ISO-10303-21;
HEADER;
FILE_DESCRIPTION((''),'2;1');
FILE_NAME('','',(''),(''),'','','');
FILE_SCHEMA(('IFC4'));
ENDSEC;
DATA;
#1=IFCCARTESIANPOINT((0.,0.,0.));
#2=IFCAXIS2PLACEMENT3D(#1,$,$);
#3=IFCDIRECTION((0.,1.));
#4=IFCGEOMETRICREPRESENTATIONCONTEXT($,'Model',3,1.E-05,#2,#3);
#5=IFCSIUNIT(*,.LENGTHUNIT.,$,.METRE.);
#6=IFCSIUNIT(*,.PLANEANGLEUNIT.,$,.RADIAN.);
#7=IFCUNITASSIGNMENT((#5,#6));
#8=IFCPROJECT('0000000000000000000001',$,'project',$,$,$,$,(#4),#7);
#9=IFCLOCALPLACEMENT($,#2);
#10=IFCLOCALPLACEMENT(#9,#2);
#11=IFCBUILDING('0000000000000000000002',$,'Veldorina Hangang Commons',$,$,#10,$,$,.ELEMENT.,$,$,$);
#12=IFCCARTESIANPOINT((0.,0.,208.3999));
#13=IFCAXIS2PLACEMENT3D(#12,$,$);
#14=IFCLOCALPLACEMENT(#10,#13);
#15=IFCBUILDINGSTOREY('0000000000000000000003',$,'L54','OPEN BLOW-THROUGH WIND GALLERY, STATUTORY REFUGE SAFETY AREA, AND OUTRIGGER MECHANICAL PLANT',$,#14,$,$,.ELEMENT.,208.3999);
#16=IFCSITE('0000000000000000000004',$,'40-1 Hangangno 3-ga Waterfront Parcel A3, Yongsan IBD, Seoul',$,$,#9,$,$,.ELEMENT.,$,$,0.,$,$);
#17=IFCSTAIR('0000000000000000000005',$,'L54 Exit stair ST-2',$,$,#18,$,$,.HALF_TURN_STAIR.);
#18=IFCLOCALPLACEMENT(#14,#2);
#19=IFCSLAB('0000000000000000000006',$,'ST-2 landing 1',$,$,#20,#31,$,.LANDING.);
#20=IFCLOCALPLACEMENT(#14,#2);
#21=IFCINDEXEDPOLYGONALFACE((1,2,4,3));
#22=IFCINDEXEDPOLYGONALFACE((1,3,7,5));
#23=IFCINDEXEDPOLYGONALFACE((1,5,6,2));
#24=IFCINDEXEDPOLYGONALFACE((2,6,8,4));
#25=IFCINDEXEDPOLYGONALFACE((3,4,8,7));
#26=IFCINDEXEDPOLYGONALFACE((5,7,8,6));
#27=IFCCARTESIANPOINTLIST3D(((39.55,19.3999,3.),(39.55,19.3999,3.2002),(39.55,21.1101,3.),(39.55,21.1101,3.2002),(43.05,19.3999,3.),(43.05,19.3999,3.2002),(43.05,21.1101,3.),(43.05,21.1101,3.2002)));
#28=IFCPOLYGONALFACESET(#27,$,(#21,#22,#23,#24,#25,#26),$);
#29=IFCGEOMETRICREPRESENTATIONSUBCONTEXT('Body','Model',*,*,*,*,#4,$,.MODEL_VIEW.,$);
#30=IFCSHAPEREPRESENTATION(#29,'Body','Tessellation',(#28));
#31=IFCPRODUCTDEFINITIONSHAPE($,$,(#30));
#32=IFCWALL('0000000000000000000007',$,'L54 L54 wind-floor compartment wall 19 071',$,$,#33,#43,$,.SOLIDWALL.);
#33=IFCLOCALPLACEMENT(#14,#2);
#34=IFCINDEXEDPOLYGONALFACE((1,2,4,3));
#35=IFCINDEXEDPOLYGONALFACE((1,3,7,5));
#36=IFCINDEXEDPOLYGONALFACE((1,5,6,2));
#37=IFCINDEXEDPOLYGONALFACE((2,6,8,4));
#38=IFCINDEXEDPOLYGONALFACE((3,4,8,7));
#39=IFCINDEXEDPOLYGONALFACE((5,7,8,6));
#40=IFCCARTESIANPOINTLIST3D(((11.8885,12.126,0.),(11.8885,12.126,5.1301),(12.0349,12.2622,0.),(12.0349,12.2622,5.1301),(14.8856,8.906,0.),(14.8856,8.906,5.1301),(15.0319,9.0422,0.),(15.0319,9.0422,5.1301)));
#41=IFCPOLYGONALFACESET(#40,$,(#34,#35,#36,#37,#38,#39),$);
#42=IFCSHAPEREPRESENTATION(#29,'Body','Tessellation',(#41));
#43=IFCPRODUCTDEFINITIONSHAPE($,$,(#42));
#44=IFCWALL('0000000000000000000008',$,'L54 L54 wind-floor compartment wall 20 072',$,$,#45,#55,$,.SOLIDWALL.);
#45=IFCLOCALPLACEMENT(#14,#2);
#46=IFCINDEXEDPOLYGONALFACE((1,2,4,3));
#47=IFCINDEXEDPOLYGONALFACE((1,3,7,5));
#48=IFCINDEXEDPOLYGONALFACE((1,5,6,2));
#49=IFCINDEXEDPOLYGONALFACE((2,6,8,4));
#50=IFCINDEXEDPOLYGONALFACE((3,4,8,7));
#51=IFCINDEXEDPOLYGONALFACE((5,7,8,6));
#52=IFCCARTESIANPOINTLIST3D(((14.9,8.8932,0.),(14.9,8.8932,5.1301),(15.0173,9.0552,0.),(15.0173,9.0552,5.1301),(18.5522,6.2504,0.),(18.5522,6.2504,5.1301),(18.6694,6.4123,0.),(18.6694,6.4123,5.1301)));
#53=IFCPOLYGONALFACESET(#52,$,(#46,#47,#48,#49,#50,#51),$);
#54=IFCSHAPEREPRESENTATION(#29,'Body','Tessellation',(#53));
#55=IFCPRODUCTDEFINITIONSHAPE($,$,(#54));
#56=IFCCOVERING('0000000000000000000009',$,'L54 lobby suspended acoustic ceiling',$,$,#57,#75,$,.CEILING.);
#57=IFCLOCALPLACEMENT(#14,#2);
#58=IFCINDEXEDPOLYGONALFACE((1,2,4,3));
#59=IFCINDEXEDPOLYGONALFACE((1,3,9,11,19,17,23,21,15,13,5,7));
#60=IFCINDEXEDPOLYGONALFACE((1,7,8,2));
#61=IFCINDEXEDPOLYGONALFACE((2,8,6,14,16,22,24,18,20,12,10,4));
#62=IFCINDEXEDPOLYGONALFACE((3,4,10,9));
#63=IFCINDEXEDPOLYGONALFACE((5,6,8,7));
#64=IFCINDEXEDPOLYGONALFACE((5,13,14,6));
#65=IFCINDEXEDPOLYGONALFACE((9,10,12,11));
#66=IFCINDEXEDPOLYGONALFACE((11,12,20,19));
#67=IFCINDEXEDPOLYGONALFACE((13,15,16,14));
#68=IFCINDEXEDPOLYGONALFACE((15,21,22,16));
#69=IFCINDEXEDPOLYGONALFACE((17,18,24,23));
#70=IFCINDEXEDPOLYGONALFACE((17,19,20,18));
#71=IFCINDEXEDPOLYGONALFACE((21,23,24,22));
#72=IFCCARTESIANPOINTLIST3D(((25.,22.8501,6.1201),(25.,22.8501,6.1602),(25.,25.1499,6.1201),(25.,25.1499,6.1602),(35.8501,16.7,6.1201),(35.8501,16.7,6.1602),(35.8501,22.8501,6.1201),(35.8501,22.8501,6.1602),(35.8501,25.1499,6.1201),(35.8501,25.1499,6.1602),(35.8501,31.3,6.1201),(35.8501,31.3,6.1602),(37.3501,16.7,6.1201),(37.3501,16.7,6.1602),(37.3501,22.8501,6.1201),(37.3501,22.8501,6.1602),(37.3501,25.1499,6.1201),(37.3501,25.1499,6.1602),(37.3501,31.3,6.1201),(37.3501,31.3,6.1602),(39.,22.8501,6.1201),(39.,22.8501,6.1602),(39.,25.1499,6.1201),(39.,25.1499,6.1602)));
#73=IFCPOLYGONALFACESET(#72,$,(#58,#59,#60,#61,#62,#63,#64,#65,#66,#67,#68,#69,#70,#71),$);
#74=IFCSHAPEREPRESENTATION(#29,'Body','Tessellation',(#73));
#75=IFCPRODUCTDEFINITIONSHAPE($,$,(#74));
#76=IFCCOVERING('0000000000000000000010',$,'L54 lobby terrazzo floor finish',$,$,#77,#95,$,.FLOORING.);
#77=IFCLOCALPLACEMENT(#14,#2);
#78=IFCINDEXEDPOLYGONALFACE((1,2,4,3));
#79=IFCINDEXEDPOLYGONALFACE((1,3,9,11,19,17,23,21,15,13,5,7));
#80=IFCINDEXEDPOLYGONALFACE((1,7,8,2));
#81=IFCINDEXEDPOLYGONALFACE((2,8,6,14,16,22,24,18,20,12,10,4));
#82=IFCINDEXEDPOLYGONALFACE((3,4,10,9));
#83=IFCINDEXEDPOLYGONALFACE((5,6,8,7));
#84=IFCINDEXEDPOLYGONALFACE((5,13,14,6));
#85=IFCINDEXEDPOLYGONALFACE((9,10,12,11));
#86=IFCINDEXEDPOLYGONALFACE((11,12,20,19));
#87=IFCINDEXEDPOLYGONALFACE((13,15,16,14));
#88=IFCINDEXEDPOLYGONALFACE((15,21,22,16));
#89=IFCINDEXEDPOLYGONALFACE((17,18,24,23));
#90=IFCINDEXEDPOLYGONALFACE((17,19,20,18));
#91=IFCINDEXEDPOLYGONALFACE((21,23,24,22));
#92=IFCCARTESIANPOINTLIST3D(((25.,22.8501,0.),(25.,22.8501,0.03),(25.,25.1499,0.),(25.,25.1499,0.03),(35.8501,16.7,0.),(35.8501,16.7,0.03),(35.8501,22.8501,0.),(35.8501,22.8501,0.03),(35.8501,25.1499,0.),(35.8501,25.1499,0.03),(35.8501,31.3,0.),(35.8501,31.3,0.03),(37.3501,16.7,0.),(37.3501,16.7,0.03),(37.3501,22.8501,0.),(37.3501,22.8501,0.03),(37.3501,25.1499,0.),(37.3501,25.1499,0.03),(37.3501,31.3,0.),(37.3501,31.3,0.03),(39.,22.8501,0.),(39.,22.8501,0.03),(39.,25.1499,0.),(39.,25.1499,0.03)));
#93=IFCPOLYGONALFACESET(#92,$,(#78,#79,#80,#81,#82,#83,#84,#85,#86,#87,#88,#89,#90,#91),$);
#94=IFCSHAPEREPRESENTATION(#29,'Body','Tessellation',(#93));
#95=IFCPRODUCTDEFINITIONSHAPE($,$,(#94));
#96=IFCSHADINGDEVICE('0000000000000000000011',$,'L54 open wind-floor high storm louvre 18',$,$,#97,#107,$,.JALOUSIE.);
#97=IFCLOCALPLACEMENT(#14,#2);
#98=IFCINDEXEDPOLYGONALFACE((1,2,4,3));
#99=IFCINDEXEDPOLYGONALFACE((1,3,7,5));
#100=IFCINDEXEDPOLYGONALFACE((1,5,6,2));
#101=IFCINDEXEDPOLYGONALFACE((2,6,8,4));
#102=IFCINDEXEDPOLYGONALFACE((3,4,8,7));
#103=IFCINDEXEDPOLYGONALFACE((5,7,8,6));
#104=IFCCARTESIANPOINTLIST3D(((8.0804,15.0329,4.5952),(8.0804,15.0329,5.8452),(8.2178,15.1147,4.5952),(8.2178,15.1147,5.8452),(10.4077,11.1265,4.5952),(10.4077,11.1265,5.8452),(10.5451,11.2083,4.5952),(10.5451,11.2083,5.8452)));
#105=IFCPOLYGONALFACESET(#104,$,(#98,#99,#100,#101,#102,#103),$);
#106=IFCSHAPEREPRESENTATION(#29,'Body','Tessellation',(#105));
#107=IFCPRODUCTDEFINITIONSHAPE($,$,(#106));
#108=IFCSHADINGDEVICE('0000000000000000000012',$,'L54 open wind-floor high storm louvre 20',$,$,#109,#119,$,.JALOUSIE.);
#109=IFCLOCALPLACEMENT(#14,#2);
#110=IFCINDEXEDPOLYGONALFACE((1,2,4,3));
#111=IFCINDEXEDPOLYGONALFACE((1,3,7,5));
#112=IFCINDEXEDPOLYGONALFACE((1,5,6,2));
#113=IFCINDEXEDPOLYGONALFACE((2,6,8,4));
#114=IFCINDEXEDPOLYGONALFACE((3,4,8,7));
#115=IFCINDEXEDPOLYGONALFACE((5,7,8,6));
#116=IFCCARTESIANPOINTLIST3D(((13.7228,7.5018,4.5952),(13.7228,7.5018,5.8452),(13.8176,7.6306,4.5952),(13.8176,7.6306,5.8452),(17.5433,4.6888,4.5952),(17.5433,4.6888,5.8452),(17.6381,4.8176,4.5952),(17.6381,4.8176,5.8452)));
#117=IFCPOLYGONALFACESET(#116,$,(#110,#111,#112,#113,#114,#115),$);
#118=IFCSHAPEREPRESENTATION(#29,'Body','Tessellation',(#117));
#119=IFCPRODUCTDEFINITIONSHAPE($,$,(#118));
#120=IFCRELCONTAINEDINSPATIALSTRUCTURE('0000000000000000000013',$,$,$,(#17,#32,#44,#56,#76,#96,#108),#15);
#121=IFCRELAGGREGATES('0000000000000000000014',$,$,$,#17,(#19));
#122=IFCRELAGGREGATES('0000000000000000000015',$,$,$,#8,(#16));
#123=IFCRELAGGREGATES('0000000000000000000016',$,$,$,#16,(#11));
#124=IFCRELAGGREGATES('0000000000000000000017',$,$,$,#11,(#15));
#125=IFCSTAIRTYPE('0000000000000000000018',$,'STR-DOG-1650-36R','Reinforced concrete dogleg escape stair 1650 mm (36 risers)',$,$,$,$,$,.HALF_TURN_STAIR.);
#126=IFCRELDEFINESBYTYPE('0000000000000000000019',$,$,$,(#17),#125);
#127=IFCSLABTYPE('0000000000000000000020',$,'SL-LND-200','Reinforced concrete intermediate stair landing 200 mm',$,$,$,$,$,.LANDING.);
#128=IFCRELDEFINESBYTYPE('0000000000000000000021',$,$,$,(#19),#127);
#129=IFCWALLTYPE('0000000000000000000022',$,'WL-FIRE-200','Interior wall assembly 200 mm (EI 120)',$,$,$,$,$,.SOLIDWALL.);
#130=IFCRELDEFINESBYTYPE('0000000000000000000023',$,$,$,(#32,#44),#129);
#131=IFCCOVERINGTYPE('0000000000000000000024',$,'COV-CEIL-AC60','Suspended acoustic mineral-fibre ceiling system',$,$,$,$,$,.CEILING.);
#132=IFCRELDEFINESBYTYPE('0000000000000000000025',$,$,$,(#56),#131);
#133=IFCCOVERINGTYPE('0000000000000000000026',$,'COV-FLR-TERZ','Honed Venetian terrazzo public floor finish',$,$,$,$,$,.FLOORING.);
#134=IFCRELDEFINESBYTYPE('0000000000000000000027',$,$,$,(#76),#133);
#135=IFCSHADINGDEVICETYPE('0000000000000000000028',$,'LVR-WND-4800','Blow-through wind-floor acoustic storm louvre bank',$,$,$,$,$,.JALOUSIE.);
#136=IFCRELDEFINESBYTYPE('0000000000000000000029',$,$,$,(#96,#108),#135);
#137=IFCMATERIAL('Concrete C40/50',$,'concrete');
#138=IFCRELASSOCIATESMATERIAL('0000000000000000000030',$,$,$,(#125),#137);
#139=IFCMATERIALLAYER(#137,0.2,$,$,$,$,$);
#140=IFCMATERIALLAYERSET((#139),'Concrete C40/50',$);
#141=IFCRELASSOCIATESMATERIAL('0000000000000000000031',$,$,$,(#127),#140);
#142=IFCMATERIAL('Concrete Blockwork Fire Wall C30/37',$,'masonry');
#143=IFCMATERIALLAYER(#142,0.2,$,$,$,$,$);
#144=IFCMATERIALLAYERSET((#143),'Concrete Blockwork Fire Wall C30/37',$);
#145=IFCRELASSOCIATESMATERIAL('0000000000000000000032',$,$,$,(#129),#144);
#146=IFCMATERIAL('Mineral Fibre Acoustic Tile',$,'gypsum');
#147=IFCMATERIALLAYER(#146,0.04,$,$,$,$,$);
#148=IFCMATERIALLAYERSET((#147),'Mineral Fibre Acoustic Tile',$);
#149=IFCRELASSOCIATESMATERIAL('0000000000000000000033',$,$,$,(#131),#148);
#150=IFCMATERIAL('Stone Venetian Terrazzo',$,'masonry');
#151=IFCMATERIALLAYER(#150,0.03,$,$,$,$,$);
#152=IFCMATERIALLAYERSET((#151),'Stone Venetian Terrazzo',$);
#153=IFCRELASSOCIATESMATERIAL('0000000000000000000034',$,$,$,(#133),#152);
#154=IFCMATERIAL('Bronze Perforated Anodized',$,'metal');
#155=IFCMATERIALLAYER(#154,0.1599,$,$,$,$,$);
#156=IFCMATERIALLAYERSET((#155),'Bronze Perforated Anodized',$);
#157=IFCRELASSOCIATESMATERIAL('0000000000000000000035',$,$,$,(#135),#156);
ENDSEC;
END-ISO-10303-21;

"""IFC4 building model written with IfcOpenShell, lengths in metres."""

from ifc_helpers import new_model, si_unit, direction, frame, frame_2d, origin, origin_2d, place, context, subcontext, project, spatial, polyline, rectangle, outline, extrude, material, layer, layer_set, type_object, element, aggregate, save


model = new_model("IFC4")

# Units and contexts
model_context = context("Model", 3, precision=1e-05, world=origin(), true_north=direction((0.0, 1.0)))
body_context = subcontext(model_context, "Body", "Model", "MODEL_VIEW")
ifc_project = project(units=[si_unit("LENGTHUNIT", "METRE"), si_unit("PLANEANGLEUNIT", "RADIAN")], contexts=[model_context])

# Site, building, storey
site_placement = place(None, origin())
site = spatial("IfcSite", under=ifc_project, at=site_placement, Name="40-1 Hangangno 3-ga Waterfront Parcel A3, Yongsan IBD, Seoul", CompositionType="ELEMENT", RefElevation=0.0)
building_placement = place(site_placement, origin())
building = spatial("IfcBuilding", under=site, at=building_placement, Name="Veldorina Hangang Commons", CompositionType="ELEMENT")
storey_placement = place(building_placement, frame((0.0, 0.0, 208.3999)))
storey = spatial("IfcBuildingStorey", under=building, at=storey_placement, Name="L54", Description="OPEN BLOW-THROUGH WIND GALLERY, STATUTORY REFUGE SAFETY AREA, AND OUTRIGGER MECHANICAL PLANT", CompositionType="ELEMENT", Elevation=208.3999)

# Stair, slab
ifc_material_1 = material(Name="Concrete C40/50", Category="concrete")
stair_type = type_object("IfcStairType", Name="STR-DOG-1650-36R", Description="Reinforced concrete dogleg escape stair 1650 mm (36 risers)", PredefinedType="HALF_TURN_STAIR", material=ifc_material_1)
ifc_layer_1 = layer(ifc_material_1, 0.2)
ifc_layer_set_1 = layer_set([ifc_layer_1], Name="Concrete C40/50")
slab_type_1 = type_object("IfcSlabType", Name="SL-LND-200", Description="Reinforced concrete intermediate stair landing 200 mm", PredefinedType="LANDING", material=ifc_layer_set_1)
stair_1_placement = place(storey_placement, origin())
stair_1 = element("IfcStair", 1, at=stair_1_placement, inside=storey, type_object=stair_type, Name="L54 Exit stair ST-2", PredefinedType="HALF_TURN_STAIR")
slab_1_placement = place(storey_placement, frame((0.0, 0.0, 3.0)))
slab_1 = element("IfcSlab", 2, at=slab_1_placement, type_object=slab_type_1, Name="ST-2 landing 1", PredefinedType="LANDING", context=body_context, shape_type="SweptSolid", body=[
    extrude(outline(polyline([(39.55, 21.1101), (39.55, 19.3999), (43.05, 19.3999), (43.05, 21.1101), (39.55, 21.1101)])), origin(), (0.0, 0.0, 1.0), 0.2002),
])
aggregate(stair_1, [slab_1])

# Walls
ifc_material_2 = material(Name="Concrete Blockwork Fire Wall C30/37", Category="masonry")
ifc_layer_2 = layer(ifc_material_2, 0.2)
ifc_layer_set_2 = layer_set([ifc_layer_2], Name="Concrete Blockwork Fire Wall C30/37")
wall_type = type_object("IfcWallType", Name="WL-FIRE-200", Description="Interior wall assembly 200 mm (EI 120)", PredefinedType="SOLIDWALL", material=ifc_layer_set_2)
wall_1_placement = place(storey_placement, frame((11.9617, 12.1941, 0.0), z_axis=(0.0, 0.0, 1.0), x_axis=(0.681317, -0.731988, 0.0)))
element("IfcWall", 3, at=wall_1_placement, inside=storey, type_object=wall_type, Name="L54 L54 wind-floor compartment wall 19 071", PredefinedType="SOLIDWALL", context=body_context, shape_type="SweptSolid", body=[
    extrude(rectangle(XDim=4.3989, YDim=0.2, at=frame_2d((2.1995, 0.0))), origin(), (0.0, 0.0, 1.0), 5.1301),
])
wall_2_placement = place(storey_placement, frame((14.9587, 8.9741, 0.0), z_axis=(0.0, 0.0, 1.0), x_axis=(0.810132, -0.586248, 0.0)))
element("IfcWall", 4, at=wall_2_placement, inside=storey, type_object=wall_type, Name="L54 L54 wind-floor compartment wall 20 072", PredefinedType="SOLIDWALL", context=body_context, shape_type="SweptSolid", body=[
    extrude(rectangle(XDim=4.5081, YDim=0.2, at=frame_2d((2.2539, 0.0))), origin(), (0.0, 0.0, 1.0), 5.1301),
])

# Coverings
ifc_material_3 = material(Name="Mineral Fibre Acoustic Tile", Category="gypsum")
ifc_layer_3 = layer(ifc_material_3, 0.04)
ifc_layer_set_3 = layer_set([ifc_layer_3], Name="Mineral Fibre Acoustic Tile")
covering_type_1 = type_object("IfcCoveringType", Name="COV-CEIL-AC60", Description="Suspended acoustic mineral-fibre ceiling system", PredefinedType="CEILING", material=ifc_layer_set_3)
covering_1_placement = place(storey_placement, frame((0.0, 0.0, 6.1201)))
element("IfcCovering", 5, at=covering_1_placement, inside=storey, type_object=covering_type_1, Name="L54 lobby suspended acoustic ceiling", PredefinedType="CEILING", context=body_context, shape_type="SweptSolid", body=[
    extrude(outline(polyline([(25.0, 22.8501), (35.8501, 22.8501), (35.8501, 16.7), (37.3501, 16.7), (37.3501, 22.8501), (39.0, 22.8501), (39.0, 25.1499), (37.3501, 25.1499), (37.3501, 31.3), (35.8501, 31.3), (35.8501, 25.1499), (25.0, 25.1499), (25.0, 22.8501)])), origin(), (0.0, 0.0, 1.0), 0.04),
])
ifc_material_4 = material(Name="Stone Venetian Terrazzo", Category="masonry")
ifc_layer_4 = layer(ifc_material_4, 0.03)
ifc_layer_set_4 = layer_set([ifc_layer_4], Name="Stone Venetian Terrazzo")
covering_type_2 = type_object("IfcCoveringType", Name="COV-FLR-TERZ", Description="Honed Venetian terrazzo public floor finish", PredefinedType="FLOORING", material=ifc_layer_set_4)
covering_2_placement = place(storey_placement, origin())
element("IfcCovering", 6, at=covering_2_placement, inside=storey, type_object=covering_type_2, Name="L54 lobby terrazzo floor finish", PredefinedType="FLOORING", context=body_context, shape_type="SweptSolid", body=[
    extrude(outline(polyline([(25.0, 22.8501), (35.8501, 22.8501), (35.8501, 16.7), (37.3501, 16.7), (37.3501, 22.8501), (39.0, 22.8501), (39.0, 25.1499), (37.3501, 25.1499), (37.3501, 31.3), (35.8501, 31.3), (35.8501, 25.1499), (25.0, 25.1499), (25.0, 22.8501)])), origin(), (0.0, 0.0, 1.0), 0.03),
])

# Shading devices
ifc_material_5 = material(Name="Bronze Perforated Anodized", Category="metal")
ifc_layer_5 = layer(ifc_material_5, 0.1599)
ifc_layer_set_5 = layer_set([ifc_layer_5], Name="Bronze Perforated Anodized")
shading_device_type = type_object("IfcShadingDeviceType", Name="LVR-WND-4800", Description="Blow-through wind-floor acoustic storm louvre bank", PredefinedType="JALOUSIE", material=ifc_layer_set_5)
shading_device_1_placement = place(storey_placement, frame((9.3127, 13.1206, 4.5952), z_axis=(0.0, 0.0, 1.0), x_axis=(0.511818, -0.859094, 0.0)))
element("IfcShadingDevice", 7, at=shading_device_1_placement, inside=storey, type_object=shading_device_type, Name="L54 open wind-floor high storm louvre 18", PredefinedType="JALOUSIE", context=body_context, shape_type="SweptSolid", body=[
    extrude(rectangle(XDim=4.5471, YDim=0.1599, at=origin_2d()), origin(), (0.0, 0.0, 1.0), 1.25),
])
shading_device_2_placement = place(storey_placement, frame((15.6804, 6.1597, 4.5952), z_axis=(0.0, 0.0, 1.0), x_axis=(0.805266, -0.592913, 0.0)))
element("IfcShadingDevice", 8, at=shading_device_2_placement, inside=storey, type_object=shading_device_type, Name="L54 open wind-floor high storm louvre 20", PredefinedType="JALOUSIE", context=body_context, shape_type="SweptSolid", body=[
    extrude(rectangle(XDim=4.7444, YDim=0.1599, at=origin_2d()), origin(), (0.0, 0.0, 1.0), 1.25),
])

save(model, "model.ifc")
